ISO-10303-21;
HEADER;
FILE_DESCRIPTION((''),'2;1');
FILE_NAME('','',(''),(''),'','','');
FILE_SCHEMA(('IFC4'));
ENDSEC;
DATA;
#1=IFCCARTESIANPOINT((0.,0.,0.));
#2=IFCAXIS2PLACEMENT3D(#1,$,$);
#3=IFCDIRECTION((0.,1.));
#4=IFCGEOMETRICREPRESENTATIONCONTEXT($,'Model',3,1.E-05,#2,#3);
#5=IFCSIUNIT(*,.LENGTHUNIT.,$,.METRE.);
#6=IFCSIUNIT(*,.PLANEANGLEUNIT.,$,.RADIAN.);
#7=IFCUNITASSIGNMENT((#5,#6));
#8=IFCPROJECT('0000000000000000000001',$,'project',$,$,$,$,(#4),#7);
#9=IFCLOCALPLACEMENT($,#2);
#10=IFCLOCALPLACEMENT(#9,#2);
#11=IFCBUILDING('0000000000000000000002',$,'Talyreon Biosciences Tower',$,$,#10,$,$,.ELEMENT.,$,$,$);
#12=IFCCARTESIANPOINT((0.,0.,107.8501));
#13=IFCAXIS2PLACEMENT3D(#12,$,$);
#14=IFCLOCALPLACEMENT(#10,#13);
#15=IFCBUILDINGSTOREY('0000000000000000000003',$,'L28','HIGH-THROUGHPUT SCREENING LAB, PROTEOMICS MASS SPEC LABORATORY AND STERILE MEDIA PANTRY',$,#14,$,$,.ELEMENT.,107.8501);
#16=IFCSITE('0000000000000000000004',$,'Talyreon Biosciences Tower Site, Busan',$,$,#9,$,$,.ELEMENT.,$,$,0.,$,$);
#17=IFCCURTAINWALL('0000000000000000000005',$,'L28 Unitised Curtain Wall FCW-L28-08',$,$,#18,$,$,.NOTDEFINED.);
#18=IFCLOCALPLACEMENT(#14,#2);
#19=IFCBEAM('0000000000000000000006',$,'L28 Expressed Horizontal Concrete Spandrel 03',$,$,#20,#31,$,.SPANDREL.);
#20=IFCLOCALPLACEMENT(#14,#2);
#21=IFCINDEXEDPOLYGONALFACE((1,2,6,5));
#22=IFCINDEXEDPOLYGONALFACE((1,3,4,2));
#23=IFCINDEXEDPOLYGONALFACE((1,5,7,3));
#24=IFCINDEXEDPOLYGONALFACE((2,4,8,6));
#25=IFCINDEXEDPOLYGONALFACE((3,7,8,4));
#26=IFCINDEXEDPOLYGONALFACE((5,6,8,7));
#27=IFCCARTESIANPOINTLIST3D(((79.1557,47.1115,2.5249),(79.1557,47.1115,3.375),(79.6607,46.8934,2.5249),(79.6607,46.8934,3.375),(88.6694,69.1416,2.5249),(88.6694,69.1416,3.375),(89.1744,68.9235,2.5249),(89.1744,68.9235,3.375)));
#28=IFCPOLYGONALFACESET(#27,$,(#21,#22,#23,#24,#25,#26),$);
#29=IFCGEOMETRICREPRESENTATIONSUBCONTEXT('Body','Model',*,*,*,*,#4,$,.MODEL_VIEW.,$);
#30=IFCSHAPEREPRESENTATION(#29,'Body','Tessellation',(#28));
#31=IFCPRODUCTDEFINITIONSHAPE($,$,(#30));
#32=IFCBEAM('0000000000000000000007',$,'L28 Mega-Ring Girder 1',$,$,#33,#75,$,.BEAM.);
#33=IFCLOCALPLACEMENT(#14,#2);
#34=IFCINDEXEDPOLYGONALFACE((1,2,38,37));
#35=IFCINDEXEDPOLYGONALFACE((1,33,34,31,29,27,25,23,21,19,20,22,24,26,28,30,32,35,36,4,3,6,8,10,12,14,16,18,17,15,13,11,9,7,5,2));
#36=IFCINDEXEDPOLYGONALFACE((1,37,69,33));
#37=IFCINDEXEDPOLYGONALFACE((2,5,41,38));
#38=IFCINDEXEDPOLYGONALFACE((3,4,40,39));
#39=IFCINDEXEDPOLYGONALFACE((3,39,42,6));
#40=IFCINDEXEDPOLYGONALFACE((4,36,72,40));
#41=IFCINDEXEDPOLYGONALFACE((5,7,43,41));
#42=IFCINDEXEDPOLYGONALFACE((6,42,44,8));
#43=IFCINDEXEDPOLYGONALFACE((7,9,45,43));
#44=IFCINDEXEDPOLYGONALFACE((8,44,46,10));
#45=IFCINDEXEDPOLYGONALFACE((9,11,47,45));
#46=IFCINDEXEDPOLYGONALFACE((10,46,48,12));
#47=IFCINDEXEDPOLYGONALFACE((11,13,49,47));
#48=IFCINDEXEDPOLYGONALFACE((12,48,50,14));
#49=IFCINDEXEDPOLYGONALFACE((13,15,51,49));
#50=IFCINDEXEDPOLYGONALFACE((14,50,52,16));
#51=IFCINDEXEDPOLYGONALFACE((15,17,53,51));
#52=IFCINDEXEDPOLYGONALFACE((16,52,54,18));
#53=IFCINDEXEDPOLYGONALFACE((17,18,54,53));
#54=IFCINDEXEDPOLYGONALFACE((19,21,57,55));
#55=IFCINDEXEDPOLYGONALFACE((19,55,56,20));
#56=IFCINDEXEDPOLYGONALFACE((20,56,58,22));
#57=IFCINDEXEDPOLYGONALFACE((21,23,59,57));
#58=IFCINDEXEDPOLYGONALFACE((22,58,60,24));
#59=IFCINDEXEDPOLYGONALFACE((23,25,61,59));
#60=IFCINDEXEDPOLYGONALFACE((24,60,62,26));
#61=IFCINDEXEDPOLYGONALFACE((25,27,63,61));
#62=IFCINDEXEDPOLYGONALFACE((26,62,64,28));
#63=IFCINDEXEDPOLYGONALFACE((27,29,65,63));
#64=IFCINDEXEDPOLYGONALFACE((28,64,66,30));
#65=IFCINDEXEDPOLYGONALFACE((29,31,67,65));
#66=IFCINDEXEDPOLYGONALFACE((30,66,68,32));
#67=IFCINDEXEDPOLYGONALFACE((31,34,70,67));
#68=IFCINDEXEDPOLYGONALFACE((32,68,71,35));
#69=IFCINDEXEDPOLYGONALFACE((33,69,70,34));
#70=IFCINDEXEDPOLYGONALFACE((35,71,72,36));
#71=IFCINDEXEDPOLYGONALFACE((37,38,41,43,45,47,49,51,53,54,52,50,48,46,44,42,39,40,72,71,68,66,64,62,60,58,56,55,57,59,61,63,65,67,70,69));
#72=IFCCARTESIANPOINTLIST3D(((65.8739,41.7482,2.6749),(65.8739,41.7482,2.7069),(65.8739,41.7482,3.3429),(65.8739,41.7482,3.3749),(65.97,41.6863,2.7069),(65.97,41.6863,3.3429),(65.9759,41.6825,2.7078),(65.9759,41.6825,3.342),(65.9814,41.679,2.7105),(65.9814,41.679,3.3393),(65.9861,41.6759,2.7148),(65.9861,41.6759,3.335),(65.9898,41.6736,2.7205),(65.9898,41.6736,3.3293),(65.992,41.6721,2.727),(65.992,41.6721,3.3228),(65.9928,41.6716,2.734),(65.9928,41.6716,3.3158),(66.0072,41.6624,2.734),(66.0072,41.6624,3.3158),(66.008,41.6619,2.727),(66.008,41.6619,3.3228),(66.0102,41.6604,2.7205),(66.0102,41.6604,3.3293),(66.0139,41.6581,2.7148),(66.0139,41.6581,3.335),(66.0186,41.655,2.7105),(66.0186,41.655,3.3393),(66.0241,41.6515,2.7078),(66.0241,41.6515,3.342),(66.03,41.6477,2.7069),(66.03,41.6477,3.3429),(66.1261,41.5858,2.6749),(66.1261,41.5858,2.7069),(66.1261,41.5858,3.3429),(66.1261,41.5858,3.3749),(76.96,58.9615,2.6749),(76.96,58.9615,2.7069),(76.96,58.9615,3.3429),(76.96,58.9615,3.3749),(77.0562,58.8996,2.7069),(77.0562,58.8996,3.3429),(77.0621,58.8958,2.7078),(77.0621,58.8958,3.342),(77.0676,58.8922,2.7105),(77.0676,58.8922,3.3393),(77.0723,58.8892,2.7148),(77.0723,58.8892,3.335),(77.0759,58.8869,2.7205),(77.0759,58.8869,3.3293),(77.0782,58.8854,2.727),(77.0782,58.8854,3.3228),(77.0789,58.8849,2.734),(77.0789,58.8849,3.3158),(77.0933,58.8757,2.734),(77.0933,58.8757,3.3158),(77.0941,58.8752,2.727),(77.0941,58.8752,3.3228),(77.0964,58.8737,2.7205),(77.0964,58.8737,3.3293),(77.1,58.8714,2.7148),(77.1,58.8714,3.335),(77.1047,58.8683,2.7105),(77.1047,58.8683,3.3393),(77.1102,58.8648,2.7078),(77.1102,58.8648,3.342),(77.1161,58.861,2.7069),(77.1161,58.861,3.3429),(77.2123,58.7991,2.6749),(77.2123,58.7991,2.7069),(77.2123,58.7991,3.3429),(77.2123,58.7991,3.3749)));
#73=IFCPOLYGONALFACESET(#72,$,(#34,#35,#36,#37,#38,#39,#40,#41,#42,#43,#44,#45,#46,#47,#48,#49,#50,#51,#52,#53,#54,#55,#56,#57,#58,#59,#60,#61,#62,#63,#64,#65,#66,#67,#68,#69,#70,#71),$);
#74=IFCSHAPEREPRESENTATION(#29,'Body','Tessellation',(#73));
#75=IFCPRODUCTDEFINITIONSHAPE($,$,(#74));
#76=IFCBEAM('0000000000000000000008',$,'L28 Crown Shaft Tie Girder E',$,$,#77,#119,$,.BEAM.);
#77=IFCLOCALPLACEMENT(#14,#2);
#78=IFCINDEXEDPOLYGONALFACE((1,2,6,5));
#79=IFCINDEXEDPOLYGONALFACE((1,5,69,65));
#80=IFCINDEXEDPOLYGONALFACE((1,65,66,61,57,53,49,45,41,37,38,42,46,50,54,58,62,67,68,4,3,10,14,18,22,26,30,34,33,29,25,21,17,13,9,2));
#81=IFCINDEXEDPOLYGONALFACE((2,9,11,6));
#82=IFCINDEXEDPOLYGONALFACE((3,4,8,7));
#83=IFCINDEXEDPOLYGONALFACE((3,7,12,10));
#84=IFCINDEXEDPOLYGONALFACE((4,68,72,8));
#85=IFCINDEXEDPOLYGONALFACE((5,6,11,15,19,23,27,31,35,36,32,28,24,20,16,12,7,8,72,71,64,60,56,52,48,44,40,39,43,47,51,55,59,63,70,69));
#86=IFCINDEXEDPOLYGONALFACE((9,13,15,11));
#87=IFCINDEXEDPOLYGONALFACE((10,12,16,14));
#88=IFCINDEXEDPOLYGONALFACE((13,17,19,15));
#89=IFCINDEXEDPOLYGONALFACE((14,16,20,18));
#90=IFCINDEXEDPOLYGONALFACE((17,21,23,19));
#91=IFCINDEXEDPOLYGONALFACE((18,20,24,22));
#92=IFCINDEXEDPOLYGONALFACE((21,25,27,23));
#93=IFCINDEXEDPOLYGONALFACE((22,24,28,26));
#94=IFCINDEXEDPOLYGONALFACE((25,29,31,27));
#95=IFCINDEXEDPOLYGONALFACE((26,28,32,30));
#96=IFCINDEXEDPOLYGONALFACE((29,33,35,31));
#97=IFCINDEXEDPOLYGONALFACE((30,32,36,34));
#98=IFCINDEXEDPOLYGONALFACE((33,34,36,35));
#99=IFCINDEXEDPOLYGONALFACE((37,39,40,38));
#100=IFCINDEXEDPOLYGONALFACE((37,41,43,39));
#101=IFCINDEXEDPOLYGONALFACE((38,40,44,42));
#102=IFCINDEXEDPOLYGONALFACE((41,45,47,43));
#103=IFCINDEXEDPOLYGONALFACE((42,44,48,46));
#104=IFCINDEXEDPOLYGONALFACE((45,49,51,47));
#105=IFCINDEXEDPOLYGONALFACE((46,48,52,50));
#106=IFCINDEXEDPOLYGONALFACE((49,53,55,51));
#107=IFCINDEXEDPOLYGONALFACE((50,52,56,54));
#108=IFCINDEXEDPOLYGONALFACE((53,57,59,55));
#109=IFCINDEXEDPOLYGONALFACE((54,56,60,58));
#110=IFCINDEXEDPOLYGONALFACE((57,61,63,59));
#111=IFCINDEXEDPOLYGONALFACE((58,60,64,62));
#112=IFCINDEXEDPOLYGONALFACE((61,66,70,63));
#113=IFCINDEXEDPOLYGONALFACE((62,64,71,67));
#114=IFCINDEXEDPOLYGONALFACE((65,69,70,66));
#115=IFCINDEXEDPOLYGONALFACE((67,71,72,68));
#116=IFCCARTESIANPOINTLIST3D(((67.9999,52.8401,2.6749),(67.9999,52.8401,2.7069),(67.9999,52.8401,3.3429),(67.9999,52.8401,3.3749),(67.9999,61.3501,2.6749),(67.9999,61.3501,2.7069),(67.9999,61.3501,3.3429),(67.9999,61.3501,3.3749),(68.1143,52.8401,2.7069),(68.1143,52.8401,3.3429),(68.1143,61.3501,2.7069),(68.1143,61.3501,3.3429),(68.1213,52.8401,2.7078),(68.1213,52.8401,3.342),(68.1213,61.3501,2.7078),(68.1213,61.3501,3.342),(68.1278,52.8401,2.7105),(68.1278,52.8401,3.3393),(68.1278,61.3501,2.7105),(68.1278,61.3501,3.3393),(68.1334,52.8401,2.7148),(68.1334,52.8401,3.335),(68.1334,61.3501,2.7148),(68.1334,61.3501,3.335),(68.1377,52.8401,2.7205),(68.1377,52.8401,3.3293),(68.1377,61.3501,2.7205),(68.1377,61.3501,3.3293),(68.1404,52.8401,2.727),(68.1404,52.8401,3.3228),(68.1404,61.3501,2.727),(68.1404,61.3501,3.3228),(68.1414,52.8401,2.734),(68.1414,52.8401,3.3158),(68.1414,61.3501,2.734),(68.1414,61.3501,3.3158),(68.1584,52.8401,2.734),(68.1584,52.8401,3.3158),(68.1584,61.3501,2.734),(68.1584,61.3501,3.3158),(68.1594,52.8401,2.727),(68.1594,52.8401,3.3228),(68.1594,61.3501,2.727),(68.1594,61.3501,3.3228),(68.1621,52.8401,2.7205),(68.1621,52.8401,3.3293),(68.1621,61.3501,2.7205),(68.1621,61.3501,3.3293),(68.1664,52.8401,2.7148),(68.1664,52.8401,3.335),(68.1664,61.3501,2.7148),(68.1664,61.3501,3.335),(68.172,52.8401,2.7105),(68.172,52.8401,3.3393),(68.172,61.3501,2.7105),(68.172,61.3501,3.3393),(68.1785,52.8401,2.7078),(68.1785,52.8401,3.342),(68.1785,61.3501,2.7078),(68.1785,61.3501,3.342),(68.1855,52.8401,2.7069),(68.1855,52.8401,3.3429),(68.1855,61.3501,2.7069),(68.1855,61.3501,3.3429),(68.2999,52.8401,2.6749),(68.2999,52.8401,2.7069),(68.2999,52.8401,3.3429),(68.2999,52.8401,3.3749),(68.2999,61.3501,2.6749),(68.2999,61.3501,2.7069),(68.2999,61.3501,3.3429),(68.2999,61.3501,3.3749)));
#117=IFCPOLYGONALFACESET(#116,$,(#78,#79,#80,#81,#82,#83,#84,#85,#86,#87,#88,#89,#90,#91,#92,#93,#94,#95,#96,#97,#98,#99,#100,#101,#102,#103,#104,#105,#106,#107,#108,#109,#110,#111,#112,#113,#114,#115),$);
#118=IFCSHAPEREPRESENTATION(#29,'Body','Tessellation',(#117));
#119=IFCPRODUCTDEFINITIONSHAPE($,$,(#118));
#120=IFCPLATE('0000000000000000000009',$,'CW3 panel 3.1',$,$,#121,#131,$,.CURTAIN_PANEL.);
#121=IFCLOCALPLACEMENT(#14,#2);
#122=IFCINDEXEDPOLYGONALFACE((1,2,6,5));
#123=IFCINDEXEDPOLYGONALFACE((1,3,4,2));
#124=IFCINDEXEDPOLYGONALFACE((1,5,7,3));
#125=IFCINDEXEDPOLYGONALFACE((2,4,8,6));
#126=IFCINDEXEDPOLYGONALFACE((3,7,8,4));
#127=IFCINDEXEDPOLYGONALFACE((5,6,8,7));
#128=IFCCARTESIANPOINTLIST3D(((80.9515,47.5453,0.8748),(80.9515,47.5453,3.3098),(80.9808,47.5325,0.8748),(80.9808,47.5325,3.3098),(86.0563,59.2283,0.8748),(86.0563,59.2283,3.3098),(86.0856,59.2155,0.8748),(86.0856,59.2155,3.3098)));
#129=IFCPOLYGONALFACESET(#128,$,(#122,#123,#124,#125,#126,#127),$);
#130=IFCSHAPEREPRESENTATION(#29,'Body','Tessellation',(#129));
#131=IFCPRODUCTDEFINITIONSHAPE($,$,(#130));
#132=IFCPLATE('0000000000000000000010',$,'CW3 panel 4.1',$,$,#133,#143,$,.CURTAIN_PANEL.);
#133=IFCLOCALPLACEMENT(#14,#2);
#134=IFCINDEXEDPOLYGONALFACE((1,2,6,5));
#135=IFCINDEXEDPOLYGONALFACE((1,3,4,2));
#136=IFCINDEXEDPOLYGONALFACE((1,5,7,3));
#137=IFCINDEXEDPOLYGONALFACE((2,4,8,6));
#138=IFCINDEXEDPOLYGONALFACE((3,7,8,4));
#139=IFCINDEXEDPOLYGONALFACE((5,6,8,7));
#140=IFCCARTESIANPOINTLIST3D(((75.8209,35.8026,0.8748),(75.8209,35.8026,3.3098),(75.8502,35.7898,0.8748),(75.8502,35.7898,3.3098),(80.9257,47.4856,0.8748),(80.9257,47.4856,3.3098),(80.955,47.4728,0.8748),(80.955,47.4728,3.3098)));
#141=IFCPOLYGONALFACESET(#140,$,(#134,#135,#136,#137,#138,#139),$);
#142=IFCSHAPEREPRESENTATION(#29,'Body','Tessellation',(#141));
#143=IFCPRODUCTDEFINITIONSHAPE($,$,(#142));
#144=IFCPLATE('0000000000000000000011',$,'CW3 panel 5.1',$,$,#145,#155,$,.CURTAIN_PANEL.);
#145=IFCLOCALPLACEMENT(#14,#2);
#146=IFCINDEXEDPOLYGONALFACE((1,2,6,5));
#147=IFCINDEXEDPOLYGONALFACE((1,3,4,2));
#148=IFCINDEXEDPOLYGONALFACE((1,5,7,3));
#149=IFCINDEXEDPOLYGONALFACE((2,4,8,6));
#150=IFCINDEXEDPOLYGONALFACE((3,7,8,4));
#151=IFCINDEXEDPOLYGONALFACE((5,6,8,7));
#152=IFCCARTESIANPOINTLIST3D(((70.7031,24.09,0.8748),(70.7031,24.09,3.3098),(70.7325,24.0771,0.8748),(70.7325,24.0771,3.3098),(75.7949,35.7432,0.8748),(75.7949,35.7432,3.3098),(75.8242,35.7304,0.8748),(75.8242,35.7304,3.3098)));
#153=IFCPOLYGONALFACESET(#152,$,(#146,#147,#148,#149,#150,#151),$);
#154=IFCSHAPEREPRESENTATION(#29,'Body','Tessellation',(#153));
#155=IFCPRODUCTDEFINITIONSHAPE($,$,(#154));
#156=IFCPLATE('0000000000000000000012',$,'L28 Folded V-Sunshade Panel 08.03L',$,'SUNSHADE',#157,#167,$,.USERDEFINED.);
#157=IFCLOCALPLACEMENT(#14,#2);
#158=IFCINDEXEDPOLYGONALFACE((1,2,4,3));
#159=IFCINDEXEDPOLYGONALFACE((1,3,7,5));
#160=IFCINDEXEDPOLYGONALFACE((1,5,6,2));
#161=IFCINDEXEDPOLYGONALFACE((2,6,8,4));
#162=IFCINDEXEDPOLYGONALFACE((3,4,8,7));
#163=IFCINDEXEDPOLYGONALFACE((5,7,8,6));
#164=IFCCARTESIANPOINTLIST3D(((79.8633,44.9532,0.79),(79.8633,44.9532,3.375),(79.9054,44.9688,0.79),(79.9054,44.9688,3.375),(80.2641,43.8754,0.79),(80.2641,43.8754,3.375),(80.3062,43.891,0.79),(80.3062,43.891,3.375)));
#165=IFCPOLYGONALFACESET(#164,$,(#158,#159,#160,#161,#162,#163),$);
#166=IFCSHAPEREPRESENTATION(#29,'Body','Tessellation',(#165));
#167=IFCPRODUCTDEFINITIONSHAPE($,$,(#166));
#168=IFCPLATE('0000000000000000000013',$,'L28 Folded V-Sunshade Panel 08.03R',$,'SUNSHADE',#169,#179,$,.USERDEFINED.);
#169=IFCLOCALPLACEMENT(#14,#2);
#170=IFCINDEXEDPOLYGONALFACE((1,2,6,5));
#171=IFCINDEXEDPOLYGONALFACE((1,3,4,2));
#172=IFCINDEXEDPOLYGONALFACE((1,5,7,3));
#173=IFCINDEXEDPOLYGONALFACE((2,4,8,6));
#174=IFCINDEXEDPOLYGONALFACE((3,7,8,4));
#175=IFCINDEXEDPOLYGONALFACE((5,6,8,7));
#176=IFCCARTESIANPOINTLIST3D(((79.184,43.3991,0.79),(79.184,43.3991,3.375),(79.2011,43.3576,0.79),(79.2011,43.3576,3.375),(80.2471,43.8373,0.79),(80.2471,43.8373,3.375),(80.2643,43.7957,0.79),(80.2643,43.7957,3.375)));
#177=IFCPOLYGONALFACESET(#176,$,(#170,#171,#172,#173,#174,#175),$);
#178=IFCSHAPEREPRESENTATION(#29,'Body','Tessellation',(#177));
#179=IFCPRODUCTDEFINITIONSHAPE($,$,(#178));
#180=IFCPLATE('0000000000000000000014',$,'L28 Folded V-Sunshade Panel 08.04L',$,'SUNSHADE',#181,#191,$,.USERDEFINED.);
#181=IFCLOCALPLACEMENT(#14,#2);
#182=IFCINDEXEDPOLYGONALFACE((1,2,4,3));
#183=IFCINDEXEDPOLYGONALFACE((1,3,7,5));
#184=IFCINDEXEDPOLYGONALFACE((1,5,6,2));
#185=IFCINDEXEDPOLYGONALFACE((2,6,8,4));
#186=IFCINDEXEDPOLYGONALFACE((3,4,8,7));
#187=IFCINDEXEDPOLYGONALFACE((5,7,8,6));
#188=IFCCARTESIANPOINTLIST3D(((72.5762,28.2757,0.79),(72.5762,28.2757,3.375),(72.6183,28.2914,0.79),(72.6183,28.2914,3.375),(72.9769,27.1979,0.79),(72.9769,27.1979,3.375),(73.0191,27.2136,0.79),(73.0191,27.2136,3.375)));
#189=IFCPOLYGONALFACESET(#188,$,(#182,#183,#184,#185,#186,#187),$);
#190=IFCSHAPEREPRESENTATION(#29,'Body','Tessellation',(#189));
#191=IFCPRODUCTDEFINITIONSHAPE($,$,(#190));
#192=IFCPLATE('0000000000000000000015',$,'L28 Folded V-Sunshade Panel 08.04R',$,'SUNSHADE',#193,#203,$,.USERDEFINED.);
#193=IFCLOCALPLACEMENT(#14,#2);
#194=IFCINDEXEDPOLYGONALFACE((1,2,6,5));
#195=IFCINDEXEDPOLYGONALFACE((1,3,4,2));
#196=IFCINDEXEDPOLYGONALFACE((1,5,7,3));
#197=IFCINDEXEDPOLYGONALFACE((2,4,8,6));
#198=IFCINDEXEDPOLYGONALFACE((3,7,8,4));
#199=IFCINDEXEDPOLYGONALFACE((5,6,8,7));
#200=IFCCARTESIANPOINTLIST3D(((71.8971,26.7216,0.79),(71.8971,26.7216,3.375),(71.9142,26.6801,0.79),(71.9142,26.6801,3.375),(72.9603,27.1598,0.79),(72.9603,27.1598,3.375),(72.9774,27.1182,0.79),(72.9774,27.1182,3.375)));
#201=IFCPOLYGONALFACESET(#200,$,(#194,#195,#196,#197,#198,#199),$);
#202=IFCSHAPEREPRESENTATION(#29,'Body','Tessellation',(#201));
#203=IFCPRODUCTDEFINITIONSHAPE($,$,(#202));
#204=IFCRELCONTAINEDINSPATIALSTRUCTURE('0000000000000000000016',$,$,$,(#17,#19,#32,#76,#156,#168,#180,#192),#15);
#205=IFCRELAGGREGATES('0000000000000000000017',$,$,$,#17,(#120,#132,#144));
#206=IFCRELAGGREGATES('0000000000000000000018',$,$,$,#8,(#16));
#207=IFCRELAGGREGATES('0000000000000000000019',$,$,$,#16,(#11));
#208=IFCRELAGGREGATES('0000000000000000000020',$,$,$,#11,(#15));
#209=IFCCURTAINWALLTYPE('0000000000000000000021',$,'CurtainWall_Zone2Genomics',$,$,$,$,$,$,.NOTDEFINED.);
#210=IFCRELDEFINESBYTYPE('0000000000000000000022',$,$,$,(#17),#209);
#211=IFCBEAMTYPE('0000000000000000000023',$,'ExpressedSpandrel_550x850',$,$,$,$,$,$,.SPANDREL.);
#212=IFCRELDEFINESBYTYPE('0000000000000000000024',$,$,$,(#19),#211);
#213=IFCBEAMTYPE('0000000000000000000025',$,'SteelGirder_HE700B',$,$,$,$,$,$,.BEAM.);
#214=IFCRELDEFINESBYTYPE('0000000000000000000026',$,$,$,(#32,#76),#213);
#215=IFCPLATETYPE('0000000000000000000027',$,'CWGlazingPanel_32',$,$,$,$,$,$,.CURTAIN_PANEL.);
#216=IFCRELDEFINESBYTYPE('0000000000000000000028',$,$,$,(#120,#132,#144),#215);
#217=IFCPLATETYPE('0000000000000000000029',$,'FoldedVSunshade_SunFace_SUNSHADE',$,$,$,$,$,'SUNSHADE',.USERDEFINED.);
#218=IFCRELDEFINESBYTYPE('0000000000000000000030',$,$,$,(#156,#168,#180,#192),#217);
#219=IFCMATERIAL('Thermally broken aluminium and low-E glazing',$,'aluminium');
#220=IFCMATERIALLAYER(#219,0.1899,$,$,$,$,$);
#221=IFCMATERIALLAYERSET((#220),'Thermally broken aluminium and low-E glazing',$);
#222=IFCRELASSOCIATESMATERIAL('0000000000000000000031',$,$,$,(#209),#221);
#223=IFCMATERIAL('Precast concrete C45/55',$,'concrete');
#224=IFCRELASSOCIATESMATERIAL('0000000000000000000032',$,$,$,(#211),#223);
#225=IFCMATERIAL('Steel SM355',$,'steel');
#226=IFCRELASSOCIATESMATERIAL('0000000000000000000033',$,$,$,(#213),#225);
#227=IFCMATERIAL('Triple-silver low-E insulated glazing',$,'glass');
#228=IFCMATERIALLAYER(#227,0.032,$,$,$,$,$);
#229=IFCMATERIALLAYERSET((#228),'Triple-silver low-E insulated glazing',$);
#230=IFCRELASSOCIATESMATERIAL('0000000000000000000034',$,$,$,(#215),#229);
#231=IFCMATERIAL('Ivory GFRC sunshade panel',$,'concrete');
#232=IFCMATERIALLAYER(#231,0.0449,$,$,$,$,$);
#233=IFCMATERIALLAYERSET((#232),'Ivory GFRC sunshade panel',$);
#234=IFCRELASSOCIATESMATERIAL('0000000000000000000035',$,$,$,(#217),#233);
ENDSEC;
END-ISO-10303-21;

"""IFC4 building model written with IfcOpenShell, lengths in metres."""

from ifc_helpers import new_model, si_unit, direction, frame, origin, origin_2d, place, context, subcontext, project, spatial, rectangle, i_section, extrude, material, layer, layer_set, material_profile, profile_set, type_object, element, aggregate, save


model = new_model("IFC4")

# Units and contexts
model_context = context("Model", 3, precision=1e-05, world=origin(), true_north=direction((0.0, 1.0)))
body_context = subcontext(model_context, "Body", "Model", "MODEL_VIEW")
ifc_project = project(units=[si_unit("LENGTHUNIT", "METRE"), si_unit("PLANEANGLEUNIT", "RADIAN")], contexts=[model_context])

# Site, building, storey
site_placement = place(None, origin())
site = spatial("IfcSite", under=ifc_project, at=site_placement, Name="Talyreon Biosciences Tower Site, Busan", CompositionType="ELEMENT", RefElevation=0.0)
building_placement = place(site_placement, origin())
building = spatial("IfcBuilding", under=site, at=building_placement, Name="Talyreon Biosciences Tower", CompositionType="ELEMENT")
storey_placement = place(building_placement, frame((0.0, 0.0, 107.8501)))
storey = spatial("IfcBuildingStorey", under=building, at=storey_placement, Name="L28", Description="HIGH-THROUGHPUT SCREENING LAB, PROTEOMICS MASS SPEC LABORATORY AND STERILE MEDIA PANTRY", CompositionType="ELEMENT", Elevation=107.8501)

# Shared definitions
ifc_material_1 = material(Name="Precast concrete C45/55", Category="concrete")

# Curtain wall
ifc_material_2 = material(Name="Thermally broken aluminium and low-E glazing", Category="aluminium")
ifc_layer_1 = layer(ifc_material_2, 0.1899)
ifc_layer_set_1 = layer_set([ifc_layer_1], Name="Thermally broken aluminium and low-E glazing")
curtain_wall_type = type_object("IfcCurtainWallType", Name="CurtainWall_Zone2Genomics", PredefinedType="NOTDEFINED", material=ifc_layer_set_1)
curtain_wall_placement = place(storey_placement, origin())
curtain_wall = element("IfcCurtainWall", 1, at=curtain_wall_placement, inside=storey, type_object=curtain_wall_type, Name="L28 Unitised Curtain Wall FCW-L28-08", PredefinedType="NOTDEFINED")

# Beams
ifc_material_profile_1 = material_profile(ifc_material_1, rectangle(XDim=0.55, YDim=0.8501, at=origin_2d()), Name="RCB 550x850")
ifc_profile_set_1 = profile_set([ifc_material_profile_1], Name="Precast concrete C45/55")
beam_type_1 = type_object("IfcBeamType", Name="ExpressedSpandrel_550x850", PredefinedType="SPANDREL", material=ifc_profile_set_1)
beam_1_placement = place(storey_placement, frame((79.4082, 47.0024, 2.95), z_axis=(0.396461, 0.918052, 0.0), x_axis=(-0.918052, 0.396461, 0.0)))
element("IfcBeam", 2, at=beam_1_placement, inside=storey, type_object=beam_type_1, Name="L28 Expressed Horizontal Concrete Spandrel 03", PredefinedType="SPANDREL", context=body_context, shape_type="SweptSolid", body=[
    extrude(rectangle(XDim=0.55, YDim=0.8501, at=origin_2d()), origin(), (0.0, 0.0, 1.0), 23.9966),
])
ifc_material_3 = material(Name="Steel SM355", Category="steel")
ifc_material_profile_2 = material_profile(ifc_material_3, i_section(OverallWidth=0.3, OverallDepth=0.7, WebThickness=0.0171, FlangeThickness=0.032, FilletRadius=0.0271, at=origin_2d()), Name="HE700B")
ifc_profile_set_2 = profile_set([ifc_material_profile_2], Name="Steel SM355")
beam_type_2 = type_object("IfcBeamType", Name="SteelGirder_HE700B", PredefinedType="BEAM", material=ifc_profile_set_2)
beam_2_placement = place(storey_placement, frame((66.0, 41.667, 3.0249), z_axis=(0.541464, 0.840724, 0.0), x_axis=(-0.840724, 0.541464, 0.0)))
element("IfcBeam", 3, at=beam_2_placement, inside=storey, type_object=beam_type_2, Name="L28 Mega-Ring Girder 1", PredefinedType="BEAM", context=body_context, shape_type="SweptSolid", body=[
    extrude(i_section(OverallWidth=0.3, OverallDepth=0.7, WebThickness=0.0171, FlangeThickness=0.032, FilletRadius=0.0271, at=origin_2d()), origin(), (0.0, 0.0, 1.0), 20.4744),
])
beam_3_placement = place(storey_placement, frame((68.1499, 52.8401, 3.0249), z_axis=(0.0, 1.0, 0.0), x_axis=(-1.0, 0.0, 0.0)))
element("IfcBeam", 4, at=beam_3_placement, inside=storey, type_object=beam_type_2, Name="L28 Crown Shaft Tie Girder E", PredefinedType="BEAM", context=body_context, shape_type="SweptSolid", body=[
    extrude(i_section(OverallWidth=0.3, OverallDepth=0.7, WebThickness=0.0171, FlangeThickness=0.032, FilletRadius=0.0271, at=origin_2d()), origin(), (0.0, 0.0, 1.0), 8.51),
])

# Plates
ifc_material_4 = material(Name="Triple-silver low-E insulated glazing", Category="glass")
ifc_layer_2 = layer(ifc_material_4, 0.032)
ifc_layer_set_2 = layer_set([ifc_layer_2], Name="Triple-silver low-E insulated glazing")
plate_type_1 = type_object("IfcPlateType", Name="CWGlazingPanel_32", PredefinedType="CURTAIN_PANEL", material=ifc_layer_set_2)
plate_1_placement = place(storey_placement, frame((83.5186, 53.3804, 0.8748), z_axis=(0.0, 0.0, 1.0), x_axis=(-0.400387, -0.916346, 0.0)))
plate_1 = element("IfcPlate", 5, at=plate_1_placement, type_object=plate_type_1, Name="CW3 panel 3.1", PredefinedType="CURTAIN_PANEL", context=body_context, shape_type="SweptSolid", body=[
    extrude(rectangle(XDim=12.7495, YDim=0.032, at=origin_2d()), origin(), (0.0, 0.0, 1.0), 2.4351),
])
plate_2_placement = place(storey_placement, frame((78.3879, 41.6377, 0.8748), z_axis=(0.0, 0.0, 1.0), x_axis=(-0.400387, -0.916346, 0.0)))
plate_2 = element("IfcPlate", 6, at=plate_2_placement, type_object=plate_type_1, Name="CW3 panel 4.1", PredefinedType="CURTAIN_PANEL", context=body_context, shape_type="SweptSolid", body=[
    extrude(rectangle(XDim=12.7495, YDim=0.032, at=origin_2d()), origin(), (0.0, 0.0, 1.0), 2.4351),
])
plate_3_placement = place(storey_placement, frame((73.2637, 29.9102, 0.8748), z_axis=(0.0, 0.0, 1.0), x_axis=(-0.400387, -0.916346, 0.0)))
plate_3 = element("IfcPlate", 7, at=plate_3_placement, type_object=plate_type_1, Name="CW3 panel 5.1", PredefinedType="CURTAIN_PANEL", context=body_context, shape_type="SweptSolid", body=[
    extrude(rectangle(XDim=12.717, YDim=0.032, at=origin_2d()), origin(), (0.0, 0.0, 1.0), 2.4351),
])
aggregate(curtain_wall, [plate_1, plate_2, plate_3])

# Plates
ifc_material_5 = material(Name="Ivory GFRC sunshade panel", Category="concrete")
ifc_layer_3 = layer(ifc_material_5, 0.0449)
ifc_layer_set_3 = layer_set([ifc_layer_3], Name="Ivory GFRC sunshade panel")
plate_type_2 = type_object("IfcPlateType", Name="FoldedVSunshade_SunFace_SUNSHADE", ElementType="SUNSHADE", PredefinedType="USERDEFINED", material=ifc_layer_set_3)
for number, where, z_axis, x_axis, name in (
    (8, (80.0847, 44.4221, 0.79), (0.0, 0.0, 1.0), (0.348539, -0.937294, 0.0), "L28 Folded V-Sunshade Panel 08.03L"),
    (9, (79.7241, 43.5974, 0.79), (0.0, 0.0, 1.0), (-0.924559, -0.381038, 0.0), "L28 Folded V-Sunshade Panel 08.03R"),
    (10, (72.7976, 27.7446, 0.79), (0.0, 0.0, 1.0), (0.348539, -0.937294, 0.0), "L28 Folded V-Sunshade Panel 08.04L"),
    (11, (72.4373, 26.9199, 0.79), (0.0, 0.0, 1.0), (-0.924559, -0.381038, 0.0), "L28 Folded V-Sunshade Panel 08.04R"),
):
    element("IfcPlate", number, at=place(storey_placement, frame(where, z_axis=z_axis, x_axis=x_axis)), inside=storey, type_object=plate_type_2, Name=name, ObjectType="SUNSHADE", PredefinedType="USERDEFINED", context=body_context, shape_type="SweptSolid", body=[
        extrude(rectangle(XDim=1.1499, YDim=0.0449, at=origin_2d()), origin(), (0.0, 0.0, 1.0), 2.585),
    ])

save(model, "model.ifc")
